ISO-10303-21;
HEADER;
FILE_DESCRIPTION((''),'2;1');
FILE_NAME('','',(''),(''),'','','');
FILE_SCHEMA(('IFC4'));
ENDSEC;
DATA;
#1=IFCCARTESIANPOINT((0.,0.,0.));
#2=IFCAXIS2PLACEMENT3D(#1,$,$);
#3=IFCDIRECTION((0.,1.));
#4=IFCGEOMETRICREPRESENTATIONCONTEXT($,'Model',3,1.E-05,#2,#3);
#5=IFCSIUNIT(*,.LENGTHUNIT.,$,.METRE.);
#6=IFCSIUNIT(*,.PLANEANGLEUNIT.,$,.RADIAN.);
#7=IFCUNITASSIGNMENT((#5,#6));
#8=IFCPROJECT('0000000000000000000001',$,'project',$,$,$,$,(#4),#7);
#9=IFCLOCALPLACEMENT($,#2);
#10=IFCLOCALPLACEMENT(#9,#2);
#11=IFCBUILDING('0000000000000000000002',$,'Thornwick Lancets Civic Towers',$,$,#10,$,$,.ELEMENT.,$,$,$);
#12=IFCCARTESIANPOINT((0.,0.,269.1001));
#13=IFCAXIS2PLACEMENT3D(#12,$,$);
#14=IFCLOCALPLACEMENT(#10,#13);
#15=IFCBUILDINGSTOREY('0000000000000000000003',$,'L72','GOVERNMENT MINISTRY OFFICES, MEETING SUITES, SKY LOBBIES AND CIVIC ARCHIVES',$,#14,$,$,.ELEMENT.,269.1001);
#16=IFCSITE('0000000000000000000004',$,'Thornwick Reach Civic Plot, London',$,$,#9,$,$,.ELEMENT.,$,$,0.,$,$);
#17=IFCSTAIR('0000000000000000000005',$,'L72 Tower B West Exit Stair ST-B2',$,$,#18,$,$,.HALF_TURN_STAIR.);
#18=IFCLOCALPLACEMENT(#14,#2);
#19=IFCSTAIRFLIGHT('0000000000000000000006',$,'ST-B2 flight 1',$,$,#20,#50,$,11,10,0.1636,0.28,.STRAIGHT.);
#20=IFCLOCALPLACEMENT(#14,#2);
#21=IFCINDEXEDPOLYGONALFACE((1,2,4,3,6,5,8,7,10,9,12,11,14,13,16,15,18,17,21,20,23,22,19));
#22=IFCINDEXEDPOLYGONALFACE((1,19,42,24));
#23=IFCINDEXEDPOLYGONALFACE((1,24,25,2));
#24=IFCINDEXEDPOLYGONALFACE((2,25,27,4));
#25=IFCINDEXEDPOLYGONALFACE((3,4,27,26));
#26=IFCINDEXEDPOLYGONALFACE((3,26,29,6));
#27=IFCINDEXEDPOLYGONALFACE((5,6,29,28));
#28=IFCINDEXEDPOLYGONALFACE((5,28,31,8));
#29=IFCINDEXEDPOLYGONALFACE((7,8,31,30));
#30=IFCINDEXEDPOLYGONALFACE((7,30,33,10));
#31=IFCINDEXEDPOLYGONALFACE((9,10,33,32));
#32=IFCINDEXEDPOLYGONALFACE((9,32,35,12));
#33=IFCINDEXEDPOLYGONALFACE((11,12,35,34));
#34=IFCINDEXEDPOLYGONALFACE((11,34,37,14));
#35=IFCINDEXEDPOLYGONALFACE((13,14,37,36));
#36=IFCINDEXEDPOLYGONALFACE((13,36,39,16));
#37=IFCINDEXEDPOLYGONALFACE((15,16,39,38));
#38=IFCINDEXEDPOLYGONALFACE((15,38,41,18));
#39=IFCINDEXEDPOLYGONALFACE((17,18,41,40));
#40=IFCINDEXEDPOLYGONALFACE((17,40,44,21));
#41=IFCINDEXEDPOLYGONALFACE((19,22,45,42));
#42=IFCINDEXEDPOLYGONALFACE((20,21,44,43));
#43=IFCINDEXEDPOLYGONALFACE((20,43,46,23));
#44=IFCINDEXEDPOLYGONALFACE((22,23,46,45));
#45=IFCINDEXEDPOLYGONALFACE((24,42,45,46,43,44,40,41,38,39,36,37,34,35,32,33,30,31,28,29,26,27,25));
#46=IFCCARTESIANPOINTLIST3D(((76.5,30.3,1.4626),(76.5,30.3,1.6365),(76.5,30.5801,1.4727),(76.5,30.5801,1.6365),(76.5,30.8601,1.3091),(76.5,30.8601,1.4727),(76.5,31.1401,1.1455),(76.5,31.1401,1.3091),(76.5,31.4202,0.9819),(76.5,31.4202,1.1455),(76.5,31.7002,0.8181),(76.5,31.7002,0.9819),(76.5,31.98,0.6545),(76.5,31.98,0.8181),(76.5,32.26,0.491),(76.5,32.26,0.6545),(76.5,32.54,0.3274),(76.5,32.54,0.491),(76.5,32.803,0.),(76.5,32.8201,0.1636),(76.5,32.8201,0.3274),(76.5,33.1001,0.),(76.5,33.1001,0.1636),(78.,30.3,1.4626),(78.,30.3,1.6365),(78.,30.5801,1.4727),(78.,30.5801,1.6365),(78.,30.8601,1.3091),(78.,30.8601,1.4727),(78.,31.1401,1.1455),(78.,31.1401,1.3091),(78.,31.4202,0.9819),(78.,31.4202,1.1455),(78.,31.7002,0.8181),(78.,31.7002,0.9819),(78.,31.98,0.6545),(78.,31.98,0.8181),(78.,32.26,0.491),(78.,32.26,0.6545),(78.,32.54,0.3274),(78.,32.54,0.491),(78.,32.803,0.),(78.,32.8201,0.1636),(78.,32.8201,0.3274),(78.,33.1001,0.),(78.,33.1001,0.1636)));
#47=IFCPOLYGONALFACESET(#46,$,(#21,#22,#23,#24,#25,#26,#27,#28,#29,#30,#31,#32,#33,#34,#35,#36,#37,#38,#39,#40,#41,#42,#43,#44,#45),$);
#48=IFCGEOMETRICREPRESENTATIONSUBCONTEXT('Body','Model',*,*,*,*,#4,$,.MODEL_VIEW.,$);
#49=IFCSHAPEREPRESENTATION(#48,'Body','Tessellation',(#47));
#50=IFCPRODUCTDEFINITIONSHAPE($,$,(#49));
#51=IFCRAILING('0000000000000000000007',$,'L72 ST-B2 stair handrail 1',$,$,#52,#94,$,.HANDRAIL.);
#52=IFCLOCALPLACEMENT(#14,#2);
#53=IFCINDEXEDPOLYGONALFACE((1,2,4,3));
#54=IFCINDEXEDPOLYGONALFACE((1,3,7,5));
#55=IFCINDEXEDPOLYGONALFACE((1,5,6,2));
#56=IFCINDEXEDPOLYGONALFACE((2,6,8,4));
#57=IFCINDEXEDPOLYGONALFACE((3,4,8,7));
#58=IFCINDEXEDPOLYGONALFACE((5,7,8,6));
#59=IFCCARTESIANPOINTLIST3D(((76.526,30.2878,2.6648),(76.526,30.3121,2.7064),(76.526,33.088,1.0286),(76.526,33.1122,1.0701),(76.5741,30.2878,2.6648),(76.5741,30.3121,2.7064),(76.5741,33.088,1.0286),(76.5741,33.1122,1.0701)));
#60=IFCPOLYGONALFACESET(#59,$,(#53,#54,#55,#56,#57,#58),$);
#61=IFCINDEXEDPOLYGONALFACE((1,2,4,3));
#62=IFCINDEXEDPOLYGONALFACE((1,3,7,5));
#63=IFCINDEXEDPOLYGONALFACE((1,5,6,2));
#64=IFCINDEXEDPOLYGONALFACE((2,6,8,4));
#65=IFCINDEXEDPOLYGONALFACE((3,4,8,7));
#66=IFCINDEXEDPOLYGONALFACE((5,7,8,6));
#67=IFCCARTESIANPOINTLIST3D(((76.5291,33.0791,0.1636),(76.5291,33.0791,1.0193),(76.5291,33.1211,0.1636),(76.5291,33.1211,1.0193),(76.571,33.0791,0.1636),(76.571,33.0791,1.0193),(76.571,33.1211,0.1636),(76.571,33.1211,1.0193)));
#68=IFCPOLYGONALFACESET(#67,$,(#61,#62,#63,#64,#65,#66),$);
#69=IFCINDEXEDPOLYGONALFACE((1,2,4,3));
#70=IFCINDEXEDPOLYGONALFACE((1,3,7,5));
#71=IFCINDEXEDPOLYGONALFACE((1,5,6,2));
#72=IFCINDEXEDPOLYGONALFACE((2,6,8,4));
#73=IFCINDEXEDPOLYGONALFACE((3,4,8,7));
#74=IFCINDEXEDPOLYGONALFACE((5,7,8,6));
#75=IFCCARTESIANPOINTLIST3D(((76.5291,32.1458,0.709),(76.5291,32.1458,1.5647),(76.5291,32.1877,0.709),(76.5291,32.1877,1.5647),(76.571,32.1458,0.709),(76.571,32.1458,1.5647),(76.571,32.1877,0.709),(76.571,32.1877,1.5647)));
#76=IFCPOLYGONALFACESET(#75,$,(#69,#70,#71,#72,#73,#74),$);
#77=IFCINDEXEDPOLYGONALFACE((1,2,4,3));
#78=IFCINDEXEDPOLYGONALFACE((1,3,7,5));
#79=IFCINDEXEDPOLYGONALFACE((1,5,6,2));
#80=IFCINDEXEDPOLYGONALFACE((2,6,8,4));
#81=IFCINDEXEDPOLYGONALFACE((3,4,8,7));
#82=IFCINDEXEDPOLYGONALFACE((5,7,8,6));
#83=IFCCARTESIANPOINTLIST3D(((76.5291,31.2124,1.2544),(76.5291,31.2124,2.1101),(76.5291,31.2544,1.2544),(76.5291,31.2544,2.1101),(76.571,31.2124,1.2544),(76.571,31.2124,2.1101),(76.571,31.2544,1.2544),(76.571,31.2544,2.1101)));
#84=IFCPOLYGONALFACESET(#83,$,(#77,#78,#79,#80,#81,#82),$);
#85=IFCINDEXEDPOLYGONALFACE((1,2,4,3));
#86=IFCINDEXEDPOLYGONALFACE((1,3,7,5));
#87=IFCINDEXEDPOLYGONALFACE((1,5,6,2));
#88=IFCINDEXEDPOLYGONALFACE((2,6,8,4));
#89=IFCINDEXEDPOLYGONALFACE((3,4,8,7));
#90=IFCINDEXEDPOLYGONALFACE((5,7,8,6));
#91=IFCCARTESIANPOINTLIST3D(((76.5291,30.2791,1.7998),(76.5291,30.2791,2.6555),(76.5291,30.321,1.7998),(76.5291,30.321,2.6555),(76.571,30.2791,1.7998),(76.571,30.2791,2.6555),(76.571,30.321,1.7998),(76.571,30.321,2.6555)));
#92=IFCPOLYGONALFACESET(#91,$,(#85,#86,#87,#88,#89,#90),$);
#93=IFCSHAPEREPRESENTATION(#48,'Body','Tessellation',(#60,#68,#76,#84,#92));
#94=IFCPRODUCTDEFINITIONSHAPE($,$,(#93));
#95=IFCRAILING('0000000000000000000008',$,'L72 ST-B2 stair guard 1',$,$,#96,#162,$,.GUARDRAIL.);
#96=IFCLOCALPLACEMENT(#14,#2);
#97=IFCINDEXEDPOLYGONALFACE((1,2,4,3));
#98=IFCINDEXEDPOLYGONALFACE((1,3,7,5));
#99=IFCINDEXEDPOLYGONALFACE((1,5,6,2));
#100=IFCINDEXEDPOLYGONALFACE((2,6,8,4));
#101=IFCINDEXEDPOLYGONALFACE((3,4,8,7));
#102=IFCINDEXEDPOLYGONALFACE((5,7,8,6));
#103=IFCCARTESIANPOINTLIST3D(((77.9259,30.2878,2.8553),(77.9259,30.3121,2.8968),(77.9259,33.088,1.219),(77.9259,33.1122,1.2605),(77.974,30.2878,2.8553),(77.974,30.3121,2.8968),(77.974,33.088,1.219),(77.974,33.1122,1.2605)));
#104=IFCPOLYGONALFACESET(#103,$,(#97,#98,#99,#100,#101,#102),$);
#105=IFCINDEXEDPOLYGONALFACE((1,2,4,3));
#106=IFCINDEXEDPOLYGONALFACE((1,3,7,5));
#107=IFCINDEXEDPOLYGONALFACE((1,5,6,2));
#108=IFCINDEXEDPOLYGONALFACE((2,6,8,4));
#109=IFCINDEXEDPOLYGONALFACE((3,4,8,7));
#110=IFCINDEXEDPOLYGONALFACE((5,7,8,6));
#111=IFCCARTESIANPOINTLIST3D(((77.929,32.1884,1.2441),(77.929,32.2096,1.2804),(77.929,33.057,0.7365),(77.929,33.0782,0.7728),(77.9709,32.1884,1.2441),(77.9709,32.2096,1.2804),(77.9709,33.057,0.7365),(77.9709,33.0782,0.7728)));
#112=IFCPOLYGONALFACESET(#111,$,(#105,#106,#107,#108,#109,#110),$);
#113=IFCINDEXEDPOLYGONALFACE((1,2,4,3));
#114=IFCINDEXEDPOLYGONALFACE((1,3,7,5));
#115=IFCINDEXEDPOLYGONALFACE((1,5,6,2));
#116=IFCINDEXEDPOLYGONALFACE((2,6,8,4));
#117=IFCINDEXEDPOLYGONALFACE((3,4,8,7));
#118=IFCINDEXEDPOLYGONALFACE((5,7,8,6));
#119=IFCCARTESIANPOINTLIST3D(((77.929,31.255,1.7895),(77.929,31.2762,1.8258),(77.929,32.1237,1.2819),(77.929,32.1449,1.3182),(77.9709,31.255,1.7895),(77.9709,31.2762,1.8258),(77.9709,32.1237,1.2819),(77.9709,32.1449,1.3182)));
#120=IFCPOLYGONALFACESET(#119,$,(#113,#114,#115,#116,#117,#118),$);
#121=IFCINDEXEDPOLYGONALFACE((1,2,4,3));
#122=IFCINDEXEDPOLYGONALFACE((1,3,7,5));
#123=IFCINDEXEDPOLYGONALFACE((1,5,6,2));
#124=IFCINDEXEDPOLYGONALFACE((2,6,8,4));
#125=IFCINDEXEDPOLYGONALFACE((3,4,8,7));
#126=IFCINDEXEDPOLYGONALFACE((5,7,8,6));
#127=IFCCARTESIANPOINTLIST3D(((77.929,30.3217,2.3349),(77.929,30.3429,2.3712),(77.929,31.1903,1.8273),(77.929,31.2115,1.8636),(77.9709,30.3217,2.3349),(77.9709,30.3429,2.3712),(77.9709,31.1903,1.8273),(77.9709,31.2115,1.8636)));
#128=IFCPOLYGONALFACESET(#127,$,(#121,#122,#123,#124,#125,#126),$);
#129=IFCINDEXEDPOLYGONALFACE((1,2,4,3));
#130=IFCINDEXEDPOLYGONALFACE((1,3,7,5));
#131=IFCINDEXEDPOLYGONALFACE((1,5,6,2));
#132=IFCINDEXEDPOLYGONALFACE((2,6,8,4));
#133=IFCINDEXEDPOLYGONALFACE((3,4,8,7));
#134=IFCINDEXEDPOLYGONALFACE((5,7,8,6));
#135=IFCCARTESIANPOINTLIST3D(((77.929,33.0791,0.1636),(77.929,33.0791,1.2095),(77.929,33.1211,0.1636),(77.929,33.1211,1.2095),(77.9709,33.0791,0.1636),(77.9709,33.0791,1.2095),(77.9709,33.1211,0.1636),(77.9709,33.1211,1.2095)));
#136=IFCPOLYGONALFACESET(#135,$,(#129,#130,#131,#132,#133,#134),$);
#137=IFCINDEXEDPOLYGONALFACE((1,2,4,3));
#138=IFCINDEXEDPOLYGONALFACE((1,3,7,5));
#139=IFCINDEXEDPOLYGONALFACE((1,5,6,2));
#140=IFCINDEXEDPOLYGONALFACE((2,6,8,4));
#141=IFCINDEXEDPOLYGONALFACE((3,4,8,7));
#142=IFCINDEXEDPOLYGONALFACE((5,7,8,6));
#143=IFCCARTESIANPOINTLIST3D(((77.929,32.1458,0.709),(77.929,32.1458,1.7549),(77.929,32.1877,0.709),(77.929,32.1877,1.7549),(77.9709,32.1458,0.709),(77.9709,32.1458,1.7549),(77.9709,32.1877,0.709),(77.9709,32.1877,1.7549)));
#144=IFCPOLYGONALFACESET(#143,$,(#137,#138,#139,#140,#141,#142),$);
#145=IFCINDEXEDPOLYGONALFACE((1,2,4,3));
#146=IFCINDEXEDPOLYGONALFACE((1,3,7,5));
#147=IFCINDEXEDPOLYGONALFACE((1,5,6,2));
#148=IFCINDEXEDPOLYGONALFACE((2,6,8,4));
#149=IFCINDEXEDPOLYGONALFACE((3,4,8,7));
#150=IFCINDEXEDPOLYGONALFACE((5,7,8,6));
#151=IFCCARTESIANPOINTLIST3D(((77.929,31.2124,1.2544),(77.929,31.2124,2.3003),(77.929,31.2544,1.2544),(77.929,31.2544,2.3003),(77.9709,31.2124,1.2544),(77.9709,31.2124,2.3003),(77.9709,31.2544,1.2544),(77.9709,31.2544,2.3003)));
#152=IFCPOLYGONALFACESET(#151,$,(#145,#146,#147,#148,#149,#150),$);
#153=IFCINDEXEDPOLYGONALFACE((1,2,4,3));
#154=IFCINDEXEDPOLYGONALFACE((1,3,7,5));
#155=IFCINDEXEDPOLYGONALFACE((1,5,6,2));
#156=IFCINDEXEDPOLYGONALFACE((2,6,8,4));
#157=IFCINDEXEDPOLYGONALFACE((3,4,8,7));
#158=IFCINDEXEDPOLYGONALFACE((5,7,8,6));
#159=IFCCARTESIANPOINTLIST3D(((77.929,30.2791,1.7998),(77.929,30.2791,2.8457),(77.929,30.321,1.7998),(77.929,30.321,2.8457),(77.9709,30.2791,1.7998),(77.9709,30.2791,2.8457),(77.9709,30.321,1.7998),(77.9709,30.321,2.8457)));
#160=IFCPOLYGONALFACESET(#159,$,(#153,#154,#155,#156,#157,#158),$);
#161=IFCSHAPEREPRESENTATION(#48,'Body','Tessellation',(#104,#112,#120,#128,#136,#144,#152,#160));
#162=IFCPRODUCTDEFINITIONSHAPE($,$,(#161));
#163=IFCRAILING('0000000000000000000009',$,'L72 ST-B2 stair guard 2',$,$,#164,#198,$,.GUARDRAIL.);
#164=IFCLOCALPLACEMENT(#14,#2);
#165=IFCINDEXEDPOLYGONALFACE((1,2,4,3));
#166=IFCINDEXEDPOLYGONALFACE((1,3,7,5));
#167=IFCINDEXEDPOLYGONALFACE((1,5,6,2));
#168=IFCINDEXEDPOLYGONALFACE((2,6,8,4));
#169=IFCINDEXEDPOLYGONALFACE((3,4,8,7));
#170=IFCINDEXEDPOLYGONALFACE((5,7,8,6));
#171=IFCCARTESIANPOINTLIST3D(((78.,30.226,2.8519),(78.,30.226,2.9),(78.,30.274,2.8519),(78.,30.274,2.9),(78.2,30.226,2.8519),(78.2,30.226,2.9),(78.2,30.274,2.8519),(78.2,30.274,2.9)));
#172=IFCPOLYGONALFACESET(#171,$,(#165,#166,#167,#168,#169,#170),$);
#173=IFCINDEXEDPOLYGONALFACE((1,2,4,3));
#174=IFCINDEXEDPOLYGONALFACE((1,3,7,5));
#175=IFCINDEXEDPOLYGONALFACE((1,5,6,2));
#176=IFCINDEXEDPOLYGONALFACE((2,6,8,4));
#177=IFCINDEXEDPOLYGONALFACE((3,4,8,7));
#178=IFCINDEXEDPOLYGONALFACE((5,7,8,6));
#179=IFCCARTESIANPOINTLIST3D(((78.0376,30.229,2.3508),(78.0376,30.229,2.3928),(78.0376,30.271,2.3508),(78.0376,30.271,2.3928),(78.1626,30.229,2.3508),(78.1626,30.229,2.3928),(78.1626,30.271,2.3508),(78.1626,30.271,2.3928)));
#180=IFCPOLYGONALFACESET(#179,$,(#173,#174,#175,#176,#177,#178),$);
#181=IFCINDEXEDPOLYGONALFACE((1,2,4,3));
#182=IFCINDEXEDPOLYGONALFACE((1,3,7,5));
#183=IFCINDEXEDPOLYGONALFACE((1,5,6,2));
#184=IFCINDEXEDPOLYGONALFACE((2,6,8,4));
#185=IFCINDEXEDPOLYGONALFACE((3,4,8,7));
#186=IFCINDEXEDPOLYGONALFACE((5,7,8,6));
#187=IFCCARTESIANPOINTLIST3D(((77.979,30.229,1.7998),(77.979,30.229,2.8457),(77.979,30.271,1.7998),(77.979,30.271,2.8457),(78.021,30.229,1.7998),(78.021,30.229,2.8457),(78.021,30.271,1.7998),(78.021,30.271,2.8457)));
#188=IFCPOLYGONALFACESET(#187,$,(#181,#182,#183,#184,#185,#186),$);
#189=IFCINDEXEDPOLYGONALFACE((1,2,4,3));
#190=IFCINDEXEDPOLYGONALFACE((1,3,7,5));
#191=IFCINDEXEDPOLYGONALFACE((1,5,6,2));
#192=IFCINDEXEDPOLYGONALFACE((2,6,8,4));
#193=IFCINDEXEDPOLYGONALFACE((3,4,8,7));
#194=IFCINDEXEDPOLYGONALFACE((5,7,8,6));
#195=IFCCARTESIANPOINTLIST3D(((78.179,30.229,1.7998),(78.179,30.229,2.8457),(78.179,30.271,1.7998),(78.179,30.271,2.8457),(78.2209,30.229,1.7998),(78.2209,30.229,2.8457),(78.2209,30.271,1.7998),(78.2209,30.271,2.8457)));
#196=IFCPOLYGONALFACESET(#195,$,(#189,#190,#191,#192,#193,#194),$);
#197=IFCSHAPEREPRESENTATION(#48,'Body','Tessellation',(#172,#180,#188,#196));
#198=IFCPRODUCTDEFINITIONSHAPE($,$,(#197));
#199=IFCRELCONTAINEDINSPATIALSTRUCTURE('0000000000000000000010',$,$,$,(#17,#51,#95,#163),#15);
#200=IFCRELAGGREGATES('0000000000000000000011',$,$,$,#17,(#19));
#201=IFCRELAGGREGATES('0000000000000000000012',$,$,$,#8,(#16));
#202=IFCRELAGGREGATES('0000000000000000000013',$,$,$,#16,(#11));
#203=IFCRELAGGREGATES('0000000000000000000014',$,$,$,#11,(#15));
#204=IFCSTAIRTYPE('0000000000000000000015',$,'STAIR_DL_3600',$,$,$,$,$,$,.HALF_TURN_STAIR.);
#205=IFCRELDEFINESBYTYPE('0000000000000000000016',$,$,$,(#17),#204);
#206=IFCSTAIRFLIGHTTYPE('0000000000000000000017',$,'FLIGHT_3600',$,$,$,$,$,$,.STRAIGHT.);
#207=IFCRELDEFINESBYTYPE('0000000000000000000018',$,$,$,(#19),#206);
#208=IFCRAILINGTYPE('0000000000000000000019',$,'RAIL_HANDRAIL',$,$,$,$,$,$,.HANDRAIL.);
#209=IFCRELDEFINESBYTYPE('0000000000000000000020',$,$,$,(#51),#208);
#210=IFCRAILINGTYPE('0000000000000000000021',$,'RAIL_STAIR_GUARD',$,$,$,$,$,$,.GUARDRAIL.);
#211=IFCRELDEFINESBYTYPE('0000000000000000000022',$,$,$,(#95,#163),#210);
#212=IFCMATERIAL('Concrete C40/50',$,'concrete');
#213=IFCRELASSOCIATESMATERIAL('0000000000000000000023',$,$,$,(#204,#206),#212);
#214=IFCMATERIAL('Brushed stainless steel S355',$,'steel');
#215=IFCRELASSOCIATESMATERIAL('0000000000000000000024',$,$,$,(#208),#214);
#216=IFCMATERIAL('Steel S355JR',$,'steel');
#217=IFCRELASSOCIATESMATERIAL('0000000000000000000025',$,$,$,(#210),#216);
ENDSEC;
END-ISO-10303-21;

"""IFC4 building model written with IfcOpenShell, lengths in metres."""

from ifc_helpers import new_model, si_unit, direction, frame, origin, origin_2d, place, context, subcontext, project, spatial, polyline, rectangle, outline, extrude, material, type_object, element, aggregate, save


model = new_model("IFC4")

# Units and contexts
model_context = context("Model", 3, precision=1e-05, world=origin(), true_north=direction((0.0, 1.0)))
body_context = subcontext(model_context, "Body", "Model", "MODEL_VIEW")
ifc_project = project(units=[si_unit("LENGTHUNIT", "METRE"), si_unit("PLANEANGLEUNIT", "RADIAN")], contexts=[model_context])

# Site, building, storey
site_placement = place(None, origin())
site = spatial("IfcSite", under=ifc_project, at=site_placement, Name="Thornwick Reach Civic Plot, London", CompositionType="ELEMENT", RefElevation=0.0)
building_placement = place(site_placement, origin())
building = spatial("IfcBuilding", under=site, at=building_placement, Name="Thornwick Lancets Civic Towers", CompositionType="ELEMENT")
storey_placement = place(building_placement, frame((0.0, 0.0, 269.1001)))
storey = spatial("IfcBuildingStorey", under=building, at=storey_placement, Name="L72", Description="GOVERNMENT MINISTRY OFFICES, MEETING SUITES, SKY LOBBIES AND CIVIC ARCHIVES", CompositionType="ELEMENT", Elevation=269.1001)

# Shared definitions
ifc_material_1 = material(Name="Steel S355JR", Category="steel")

# Shared definitions
ifc_material_2 = material(Name="Concrete C40/50", Category="concrete")

# Stair, stair flight
stair_type = type_object("IfcStairType", Name="STAIR_DL_3600", PredefinedType="HALF_TURN_STAIR", material=ifc_material_2)
stair_placement = place(storey_placement, origin())
stair = element("IfcStair", 1, at=stair_placement, inside=storey, type_object=stair_type, Name="L72 Tower B West Exit Stair ST-B2", PredefinedType="HALF_TURN_STAIR")
stair_flight_type = type_object("IfcStairFlightType", Name="FLIGHT_3600", PredefinedType="STRAIGHT", material=ifc_material_2)
stair_flight_placement = place(storey_placement, frame((77.25, 33.1001, 0.0), z_axis=(0.0, 0.0, 1.0), x_axis=(0.0, -1.0, 0.0)))
stair_flight = element("IfcStairFlight", 2, at=stair_flight_placement, type_object=stair_flight_type, Name="ST-B2 flight 1", NumberOfRisers=11, NumberOfTreads=10, PredefinedType="STRAIGHT", RiserHeight=0.1636, TreadLength=0.28, context=body_context, shape_type="SweptSolid", body=[
    extrude(outline(polyline([(0.0, 0.0), (0.0, 0.1636), (0.28, 0.1636), (0.28, 0.3274), (0.5601, 0.3274), (0.5601, 0.491), (0.8401, 0.491), (0.8401, 0.6545), (1.1201, 0.6545), (1.1201, 0.8181), (1.3999, 0.8181), (1.3999, 0.9819), (1.6799, 0.9819), (1.6799, 1.1455), (1.96, 1.1455), (1.96, 1.3091), (2.24, 1.3091), (2.24, 1.4727), (2.52, 1.4727), (2.52, 1.6365), (2.8, 1.6365), (2.8, 1.8), (2.8, 1.4626), (0.2971, 0.0), (0.0, 0.0)])), frame((0.0, 0.75, 0.0), z_axis=(0.0, -1.0, 0.0), x_axis=(1.0, 0.0, 0.0)), (0.0, 0.0, 1.0), 1.5),
])
aggregate(stair, [stair_flight])

# Railings
ifc_material_3 = material(Name="Brushed stainless steel S355", Category="steel")
railing_type_1 = type_object("IfcRailingType", Name="RAIL_HANDRAIL", PredefinedType="HANDRAIL", material=ifc_material_3)
railing_1_placement = place(storey_placement, frame((76.55, 33.1001, 0.1636)))
element("IfcRailing", 3, at=railing_1_placement, inside=storey, type_object=railing_type_1, Name="L72 ST-B2 stair handrail 1", PredefinedType="HANDRAIL", context=body_context, shape_type="SweptSolid", body=[
    extrude(rectangle(XDim=0.0481, YDim=0.0481, at=origin_2d()), frame((0.0, 0.0, 0.8857), z_axis=(0.0, -0.863394, 0.504531), x_axis=(1.0, 0.0, 0.0)), (0.0, 0.0, 1.0), 3.2432),
    extrude(rectangle(XDim=0.042, YDim=0.042, at=origin_2d()), origin(), (0.0, 0.0, 1.0), 0.8557),
    extrude(rectangle(XDim=0.042, YDim=0.042, at=origin_2d()), frame((0.0, -0.9333, 0.5454)), (0.0, 0.0, 1.0), 0.8557),
    extrude(rectangle(XDim=0.042, YDim=0.042, at=origin_2d()), frame((0.0, -1.8667, 1.0908)), (0.0, 0.0, 1.0), 0.8557),
    extrude(rectangle(XDim=0.042, YDim=0.042, at=origin_2d()), frame((0.0, -2.8, 1.6362)), (0.0, 0.0, 1.0), 0.8557),
])
railing_type_2 = type_object("IfcRailingType", Name="RAIL_STAIR_GUARD", PredefinedType="GUARDRAIL", material=ifc_material_1)
railing_2_placement = place(storey_placement, frame((77.95, 33.1001, 0.1636)))
element("IfcRailing", 4, at=railing_2_placement, inside=storey, type_object=railing_type_2, Name="L72 ST-B2 stair guard 1", PredefinedType="GUARDRAIL", context=body_context, shape_type="SweptSolid", body=[
    extrude(rectangle(XDim=0.0481, YDim=0.0481, at=origin_2d()), frame((0.0, 0.0, 1.0762), z_axis=(0.0, -0.863394, 0.504531), x_axis=(1.0, 0.0, 0.0)), (0.0, 0.0, 1.0), 3.2432),
    extrude(rectangle(XDim=0.042, YDim=0.042, at=origin_2d()), frame((0.0, -0.0325, 0.5911), z_axis=(0.0, -0.863394, 0.504531), x_axis=(1.0, 0.0, 0.0)), (0.0, 0.0, 1.0), 1.0061),
    extrude(rectangle(XDim=0.042, YDim=0.042, at=origin_2d()), frame((0.0, -0.9658, 1.1365), z_axis=(0.0, -0.863394, 0.504531), x_axis=(1.0, 0.0, 0.0)), (0.0, 0.0, 1.0), 1.0061),
    extrude(rectangle(XDim=0.042, YDim=0.042, at=origin_2d()), frame((0.0, -1.8992, 1.6819), z_axis=(0.0, -0.863394, 0.504531), x_axis=(1.0, 0.0, 0.0)), (0.0, 0.0, 1.0), 1.0061),
    extrude(rectangle(XDim=0.042, YDim=0.042, at=origin_2d()), origin(), (0.0, 0.0, 1.0), 1.0459),
    extrude(rectangle(XDim=0.042, YDim=0.042, at=origin_2d()), frame((0.0, -0.9333, 0.5454)), (0.0, 0.0, 1.0), 1.0459),
    extrude(rectangle(XDim=0.042, YDim=0.042, at=origin_2d()), frame((0.0, -1.8667, 1.0908)), (0.0, 0.0, 1.0), 1.0459),
    extrude(rectangle(XDim=0.042, YDim=0.042, at=origin_2d()), frame((0.0, -2.8, 1.6362)), (0.0, 0.0, 1.0), 1.0459),
])
for number, where, name in (
    (5, (78.0, 30.25, 1.7998), "L72 ST-B2 stair guard 2"),
):
    element("IfcRailing", number, at=place(storey_placement, frame(where)), inside=storey, type_object=railing_type_2, Name=name, PredefinedType="GUARDRAIL", context=body_context, shape_type="SweptSolid", body=[
        extrude(rectangle(XDim=0.0481, YDim=0.0481, at=origin_2d()), frame((0.0, 0.0, 1.0762), z_axis=(1.0, 0.0, 0.0), x_axis=(0.0, 1.0, 0.0)), (0.0, 0.0, 1.0), 0.2),
        extrude(rectangle(XDim=0.042, YDim=0.042, at=origin_2d()), frame((0.0376, 0.0, 0.572), z_axis=(1.0, 0.0, 0.0), x_axis=(0.0, 1.0, 0.0)), (0.0, 0.0, 1.0), 0.125),
        extrude(rectangle(XDim=0.042, YDim=0.042, at=origin_2d()), origin(), (0.0, 0.0, 1.0), 1.0459),
        extrude(rectangle(XDim=0.042, YDim=0.042, at=origin_2d()), frame((0.2, 0.0, 0.0)), (0.0, 0.0, 1.0), 1.0459),
    ])

save(model, "model.ifc")
